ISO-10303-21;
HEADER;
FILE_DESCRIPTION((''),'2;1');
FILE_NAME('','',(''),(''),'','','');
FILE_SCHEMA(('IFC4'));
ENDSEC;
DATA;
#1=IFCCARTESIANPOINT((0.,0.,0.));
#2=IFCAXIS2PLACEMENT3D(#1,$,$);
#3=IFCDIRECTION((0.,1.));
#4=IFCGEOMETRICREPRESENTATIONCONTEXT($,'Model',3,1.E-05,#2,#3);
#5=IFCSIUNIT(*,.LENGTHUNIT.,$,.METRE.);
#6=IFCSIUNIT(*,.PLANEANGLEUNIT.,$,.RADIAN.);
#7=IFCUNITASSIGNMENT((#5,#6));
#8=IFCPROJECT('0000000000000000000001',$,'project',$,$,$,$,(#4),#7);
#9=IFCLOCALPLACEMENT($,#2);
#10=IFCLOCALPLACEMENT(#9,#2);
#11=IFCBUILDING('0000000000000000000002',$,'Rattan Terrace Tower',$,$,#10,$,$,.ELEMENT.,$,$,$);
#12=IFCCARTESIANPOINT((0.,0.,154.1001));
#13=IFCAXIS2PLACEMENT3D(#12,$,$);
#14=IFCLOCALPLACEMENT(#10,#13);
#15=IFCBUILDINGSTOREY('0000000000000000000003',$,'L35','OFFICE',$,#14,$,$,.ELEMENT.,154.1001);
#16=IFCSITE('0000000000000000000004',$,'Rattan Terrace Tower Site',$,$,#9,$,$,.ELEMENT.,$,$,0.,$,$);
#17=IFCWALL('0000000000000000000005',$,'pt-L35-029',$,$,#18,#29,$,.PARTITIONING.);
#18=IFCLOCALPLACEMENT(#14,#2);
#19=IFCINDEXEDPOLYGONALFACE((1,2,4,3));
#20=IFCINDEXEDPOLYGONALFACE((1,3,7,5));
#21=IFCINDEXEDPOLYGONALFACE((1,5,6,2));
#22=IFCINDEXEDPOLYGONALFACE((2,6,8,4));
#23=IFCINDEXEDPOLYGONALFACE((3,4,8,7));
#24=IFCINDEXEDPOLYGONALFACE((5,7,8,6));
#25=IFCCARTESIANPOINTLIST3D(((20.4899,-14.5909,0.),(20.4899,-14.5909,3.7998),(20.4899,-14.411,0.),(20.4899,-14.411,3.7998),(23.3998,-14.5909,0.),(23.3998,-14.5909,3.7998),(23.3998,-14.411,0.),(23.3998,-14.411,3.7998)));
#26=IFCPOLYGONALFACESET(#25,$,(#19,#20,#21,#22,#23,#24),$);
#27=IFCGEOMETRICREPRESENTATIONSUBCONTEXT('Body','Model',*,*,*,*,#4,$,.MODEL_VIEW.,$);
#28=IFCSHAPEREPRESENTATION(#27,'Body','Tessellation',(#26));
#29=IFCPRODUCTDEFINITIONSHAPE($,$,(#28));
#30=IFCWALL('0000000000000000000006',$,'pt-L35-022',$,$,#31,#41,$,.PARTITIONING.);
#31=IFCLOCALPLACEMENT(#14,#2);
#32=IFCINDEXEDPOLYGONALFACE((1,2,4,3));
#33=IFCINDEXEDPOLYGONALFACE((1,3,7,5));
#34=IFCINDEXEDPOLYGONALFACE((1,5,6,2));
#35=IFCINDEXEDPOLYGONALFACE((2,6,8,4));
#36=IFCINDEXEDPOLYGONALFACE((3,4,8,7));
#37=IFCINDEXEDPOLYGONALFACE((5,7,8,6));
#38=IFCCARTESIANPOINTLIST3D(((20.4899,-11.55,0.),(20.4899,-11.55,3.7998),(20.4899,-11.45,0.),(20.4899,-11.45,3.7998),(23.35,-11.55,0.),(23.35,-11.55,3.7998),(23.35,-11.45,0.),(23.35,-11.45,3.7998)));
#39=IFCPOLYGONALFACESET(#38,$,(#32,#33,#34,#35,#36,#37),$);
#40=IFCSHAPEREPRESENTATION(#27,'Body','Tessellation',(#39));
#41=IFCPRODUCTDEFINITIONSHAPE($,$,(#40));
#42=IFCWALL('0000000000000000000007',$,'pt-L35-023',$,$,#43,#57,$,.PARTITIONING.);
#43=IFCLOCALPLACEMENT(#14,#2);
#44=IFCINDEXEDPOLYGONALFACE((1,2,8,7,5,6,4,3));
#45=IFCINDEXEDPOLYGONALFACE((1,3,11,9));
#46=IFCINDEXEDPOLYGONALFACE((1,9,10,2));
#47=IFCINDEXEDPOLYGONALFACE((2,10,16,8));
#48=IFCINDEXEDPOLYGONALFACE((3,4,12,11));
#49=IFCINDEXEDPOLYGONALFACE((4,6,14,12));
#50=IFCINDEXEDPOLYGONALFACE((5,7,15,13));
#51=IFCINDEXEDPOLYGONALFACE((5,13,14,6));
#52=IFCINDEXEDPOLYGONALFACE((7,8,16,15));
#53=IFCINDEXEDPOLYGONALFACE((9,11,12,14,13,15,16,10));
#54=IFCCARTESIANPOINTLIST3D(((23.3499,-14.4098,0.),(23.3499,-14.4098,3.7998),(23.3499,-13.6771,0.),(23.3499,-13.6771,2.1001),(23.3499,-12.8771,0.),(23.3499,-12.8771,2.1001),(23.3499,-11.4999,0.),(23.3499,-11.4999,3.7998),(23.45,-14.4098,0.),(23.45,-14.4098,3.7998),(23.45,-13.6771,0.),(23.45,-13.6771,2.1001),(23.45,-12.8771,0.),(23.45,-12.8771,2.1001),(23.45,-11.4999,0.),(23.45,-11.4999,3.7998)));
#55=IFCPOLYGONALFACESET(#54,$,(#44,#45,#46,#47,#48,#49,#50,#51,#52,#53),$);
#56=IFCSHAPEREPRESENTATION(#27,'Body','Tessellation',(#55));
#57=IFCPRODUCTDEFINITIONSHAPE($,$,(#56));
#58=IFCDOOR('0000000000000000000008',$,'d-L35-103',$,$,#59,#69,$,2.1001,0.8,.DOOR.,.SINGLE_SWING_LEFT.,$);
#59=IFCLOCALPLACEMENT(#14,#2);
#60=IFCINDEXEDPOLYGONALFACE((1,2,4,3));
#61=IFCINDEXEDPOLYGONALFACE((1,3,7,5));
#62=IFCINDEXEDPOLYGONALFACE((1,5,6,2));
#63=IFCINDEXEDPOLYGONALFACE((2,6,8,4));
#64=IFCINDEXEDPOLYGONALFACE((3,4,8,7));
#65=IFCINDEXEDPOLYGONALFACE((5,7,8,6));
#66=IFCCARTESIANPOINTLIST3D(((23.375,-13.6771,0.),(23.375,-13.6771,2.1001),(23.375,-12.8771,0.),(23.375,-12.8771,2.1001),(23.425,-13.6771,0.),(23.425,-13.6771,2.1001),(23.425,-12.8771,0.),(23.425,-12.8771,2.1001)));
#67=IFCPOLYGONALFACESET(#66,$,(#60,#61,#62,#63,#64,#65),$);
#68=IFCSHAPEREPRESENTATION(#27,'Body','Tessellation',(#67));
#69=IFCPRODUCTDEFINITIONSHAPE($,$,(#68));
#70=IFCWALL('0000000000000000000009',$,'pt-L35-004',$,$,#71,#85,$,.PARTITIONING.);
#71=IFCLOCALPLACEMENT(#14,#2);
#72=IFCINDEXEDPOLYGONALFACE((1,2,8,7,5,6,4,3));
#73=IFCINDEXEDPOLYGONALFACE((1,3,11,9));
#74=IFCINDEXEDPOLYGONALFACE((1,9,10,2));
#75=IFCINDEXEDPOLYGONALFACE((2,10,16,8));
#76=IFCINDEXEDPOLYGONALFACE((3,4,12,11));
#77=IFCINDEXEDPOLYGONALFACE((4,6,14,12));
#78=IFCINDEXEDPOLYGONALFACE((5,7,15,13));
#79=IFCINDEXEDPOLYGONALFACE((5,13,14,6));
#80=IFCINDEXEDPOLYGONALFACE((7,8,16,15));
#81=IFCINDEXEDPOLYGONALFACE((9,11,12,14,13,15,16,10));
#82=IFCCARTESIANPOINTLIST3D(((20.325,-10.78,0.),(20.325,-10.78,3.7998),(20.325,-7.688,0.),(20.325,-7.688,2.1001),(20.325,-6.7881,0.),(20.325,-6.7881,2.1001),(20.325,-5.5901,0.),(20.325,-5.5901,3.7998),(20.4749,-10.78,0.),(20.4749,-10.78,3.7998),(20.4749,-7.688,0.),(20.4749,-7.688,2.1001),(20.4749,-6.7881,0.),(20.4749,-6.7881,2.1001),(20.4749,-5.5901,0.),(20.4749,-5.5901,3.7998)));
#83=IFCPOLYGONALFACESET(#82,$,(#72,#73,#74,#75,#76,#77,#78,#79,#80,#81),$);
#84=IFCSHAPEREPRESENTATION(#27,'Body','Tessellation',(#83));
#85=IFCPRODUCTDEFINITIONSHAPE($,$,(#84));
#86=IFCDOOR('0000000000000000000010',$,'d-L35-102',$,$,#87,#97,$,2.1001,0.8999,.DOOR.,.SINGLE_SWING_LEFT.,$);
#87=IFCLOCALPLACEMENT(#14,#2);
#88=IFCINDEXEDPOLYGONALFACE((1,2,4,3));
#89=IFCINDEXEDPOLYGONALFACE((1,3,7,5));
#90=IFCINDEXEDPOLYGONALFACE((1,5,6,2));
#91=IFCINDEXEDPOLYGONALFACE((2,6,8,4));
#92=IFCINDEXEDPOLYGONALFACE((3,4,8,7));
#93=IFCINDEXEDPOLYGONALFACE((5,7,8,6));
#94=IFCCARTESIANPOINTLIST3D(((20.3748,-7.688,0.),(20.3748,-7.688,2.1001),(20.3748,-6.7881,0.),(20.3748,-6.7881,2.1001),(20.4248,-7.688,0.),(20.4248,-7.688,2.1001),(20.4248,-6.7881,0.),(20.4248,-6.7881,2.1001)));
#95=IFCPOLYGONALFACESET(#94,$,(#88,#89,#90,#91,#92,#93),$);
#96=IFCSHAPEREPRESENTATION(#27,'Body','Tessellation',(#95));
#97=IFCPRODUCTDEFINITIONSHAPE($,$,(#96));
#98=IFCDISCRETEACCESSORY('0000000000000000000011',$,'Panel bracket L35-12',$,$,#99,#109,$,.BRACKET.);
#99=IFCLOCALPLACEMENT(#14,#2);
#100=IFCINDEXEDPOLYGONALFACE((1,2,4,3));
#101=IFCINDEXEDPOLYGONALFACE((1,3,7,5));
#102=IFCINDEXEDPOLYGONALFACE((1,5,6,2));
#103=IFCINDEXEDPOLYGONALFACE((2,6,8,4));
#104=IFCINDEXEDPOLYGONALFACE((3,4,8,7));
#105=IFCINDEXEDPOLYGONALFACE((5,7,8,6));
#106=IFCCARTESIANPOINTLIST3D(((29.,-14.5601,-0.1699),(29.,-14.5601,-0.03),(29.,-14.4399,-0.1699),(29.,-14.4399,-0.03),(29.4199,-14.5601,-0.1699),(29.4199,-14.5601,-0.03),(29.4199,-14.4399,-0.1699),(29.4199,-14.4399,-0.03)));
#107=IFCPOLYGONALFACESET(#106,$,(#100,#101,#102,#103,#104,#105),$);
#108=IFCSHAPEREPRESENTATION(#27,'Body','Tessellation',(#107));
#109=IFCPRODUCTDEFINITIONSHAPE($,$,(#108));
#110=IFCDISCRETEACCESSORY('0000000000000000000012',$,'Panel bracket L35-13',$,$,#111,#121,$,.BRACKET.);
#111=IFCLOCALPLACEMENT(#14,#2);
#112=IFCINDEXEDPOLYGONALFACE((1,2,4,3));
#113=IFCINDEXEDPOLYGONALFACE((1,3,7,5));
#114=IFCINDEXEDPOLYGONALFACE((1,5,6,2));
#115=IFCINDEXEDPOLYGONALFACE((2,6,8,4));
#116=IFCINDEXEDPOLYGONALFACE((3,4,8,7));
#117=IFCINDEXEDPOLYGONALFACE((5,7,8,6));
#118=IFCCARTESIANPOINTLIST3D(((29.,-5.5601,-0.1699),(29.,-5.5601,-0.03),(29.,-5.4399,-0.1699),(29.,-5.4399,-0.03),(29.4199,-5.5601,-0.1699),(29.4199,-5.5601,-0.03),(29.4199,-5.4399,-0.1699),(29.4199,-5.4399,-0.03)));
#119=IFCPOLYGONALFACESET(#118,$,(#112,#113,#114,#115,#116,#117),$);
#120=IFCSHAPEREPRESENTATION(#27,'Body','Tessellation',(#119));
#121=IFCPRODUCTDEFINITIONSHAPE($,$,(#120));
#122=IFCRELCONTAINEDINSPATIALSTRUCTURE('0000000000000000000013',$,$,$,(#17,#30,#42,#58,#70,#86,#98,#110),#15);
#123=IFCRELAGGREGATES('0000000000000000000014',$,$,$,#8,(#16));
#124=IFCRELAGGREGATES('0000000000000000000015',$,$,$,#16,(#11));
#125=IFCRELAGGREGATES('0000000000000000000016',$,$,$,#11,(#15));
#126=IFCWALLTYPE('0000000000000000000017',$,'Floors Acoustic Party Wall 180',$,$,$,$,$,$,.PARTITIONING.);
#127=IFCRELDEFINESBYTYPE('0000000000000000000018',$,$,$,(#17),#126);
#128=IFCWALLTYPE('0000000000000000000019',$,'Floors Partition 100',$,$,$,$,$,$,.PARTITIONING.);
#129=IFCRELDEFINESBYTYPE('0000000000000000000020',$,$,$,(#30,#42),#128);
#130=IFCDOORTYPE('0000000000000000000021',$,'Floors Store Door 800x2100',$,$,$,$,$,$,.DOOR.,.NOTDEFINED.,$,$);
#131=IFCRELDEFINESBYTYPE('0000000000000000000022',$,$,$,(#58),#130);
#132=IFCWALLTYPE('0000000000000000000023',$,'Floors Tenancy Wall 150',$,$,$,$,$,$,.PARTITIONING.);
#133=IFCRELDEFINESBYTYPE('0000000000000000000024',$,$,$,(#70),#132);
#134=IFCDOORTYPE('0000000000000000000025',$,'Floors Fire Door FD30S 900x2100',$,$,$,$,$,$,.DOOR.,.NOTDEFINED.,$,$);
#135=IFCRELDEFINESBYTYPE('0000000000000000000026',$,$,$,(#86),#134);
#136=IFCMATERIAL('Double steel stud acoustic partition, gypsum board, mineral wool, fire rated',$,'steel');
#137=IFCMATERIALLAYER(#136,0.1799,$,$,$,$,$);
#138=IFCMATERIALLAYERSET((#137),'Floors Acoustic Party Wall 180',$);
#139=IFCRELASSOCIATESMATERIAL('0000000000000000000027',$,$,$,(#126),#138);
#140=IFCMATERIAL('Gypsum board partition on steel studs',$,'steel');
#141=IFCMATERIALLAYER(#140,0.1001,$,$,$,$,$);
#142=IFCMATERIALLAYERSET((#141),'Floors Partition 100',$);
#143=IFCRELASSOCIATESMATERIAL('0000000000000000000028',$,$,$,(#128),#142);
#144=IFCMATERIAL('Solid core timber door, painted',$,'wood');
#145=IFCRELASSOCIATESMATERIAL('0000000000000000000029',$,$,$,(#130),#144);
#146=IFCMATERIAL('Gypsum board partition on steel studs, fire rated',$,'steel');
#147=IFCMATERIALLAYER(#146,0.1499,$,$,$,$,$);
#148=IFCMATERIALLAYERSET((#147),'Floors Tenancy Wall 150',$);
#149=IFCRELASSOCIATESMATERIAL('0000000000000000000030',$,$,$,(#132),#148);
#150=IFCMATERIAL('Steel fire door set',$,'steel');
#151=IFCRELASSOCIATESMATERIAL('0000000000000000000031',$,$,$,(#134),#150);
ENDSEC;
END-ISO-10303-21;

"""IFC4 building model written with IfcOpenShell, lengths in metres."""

from ifc_helpers import new_model, si_unit, direction, frame, frame_2d, origin, origin_2d, place, context, subcontext, project, spatial, rectangle, extrude, material, layer, layer_set, type_object, element, fill, save


model = new_model("IFC4")

# Units and contexts
model_context = context("Model", 3, precision=1e-05, world=origin(), true_north=direction((0.0, 1.0)))
body_context = subcontext(model_context, "Body", "Model", "MODEL_VIEW")
ifc_project = project(units=[si_unit("LENGTHUNIT", "METRE"), si_unit("PLANEANGLEUNIT", "RADIAN")], contexts=[model_context])

# Site, building, storey
site_placement = place(None, origin())
site = spatial("IfcSite", under=ifc_project, at=site_placement, Name="Rattan Terrace Tower Site", CompositionType="ELEMENT", RefElevation=0.0)
building_placement = place(site_placement, origin())
building = spatial("IfcBuilding", under=site, at=building_placement, Name="Rattan Terrace Tower", CompositionType="ELEMENT")
storey_placement = place(building_placement, frame((0.0, 0.0, 154.1001)))
storey = spatial("IfcBuildingStorey", under=building, at=storey_placement, Name="L35", Description="OFFICE", CompositionType="ELEMENT", Elevation=154.1001)

# Walls
ifc_material_1 = material(Name="Double steel stud acoustic partition, gypsum board, mineral wool, fire rated", Category="steel")
ifc_layer_1 = layer(ifc_material_1, 0.1799)
ifc_layer_set_1 = layer_set([ifc_layer_1], Name="Floors Acoustic Party Wall 180")
wall_type_1 = type_object("IfcWallType", Name="Floors Acoustic Party Wall 180", PredefinedType="PARTITIONING", material=ifc_layer_set_1)
wall_1_placement = place(storey_placement, frame((23.3999, -14.501, 0.0), z_axis=(0.0, 0.0, 1.0), x_axis=(-1.0, 0.0, 0.0)))
element("IfcWall", 1, at=wall_1_placement, inside=storey, type_object=wall_type_1, Name="pt-L35-029", PredefinedType="PARTITIONING", context=body_context, shape_type="SweptSolid", body=[
    extrude(rectangle(XDim=2.9099, YDim=0.1799, at=frame_2d((1.4551, 0.0))), origin(), (0.0, 0.0, 1.0), 3.7998),
])
ifc_material_2 = material(Name="Gypsum board partition on steel studs", Category="steel")
ifc_layer_2 = layer(ifc_material_2, 0.1001)
ifc_layer_set_2 = layer_set([ifc_layer_2], Name="Floors Partition 100")
wall_type_2 = type_object("IfcWallType", Name="Floors Partition 100", PredefinedType="PARTITIONING", material=ifc_layer_set_2)
wall_2_placement = place(storey_placement, frame((23.3501, -11.5, 0.0), z_axis=(0.0, 0.0, 1.0), x_axis=(-1.0, 0.0, 0.0)))
element("IfcWall", 2, at=wall_2_placement, inside=storey, type_object=wall_type_2, Name="pt-L35-022", PredefinedType="PARTITIONING", context=body_context, shape_type="SweptSolid", body=[
    extrude(rectangle(XDim=2.8601, YDim=0.1001, at=frame_2d((1.4302, 0.0))), origin(), (0.0, 0.0, 1.0), 3.7998),
])

# Walls, openings, doors
wall_3_placement = place(storey_placement, frame((23.3999, -14.4099, 0.0), z_axis=(0.0, 0.0, 1.0), x_axis=(0.0, 1.0, 0.0)))
wall_3 = element("IfcWall", 3, at=wall_3_placement, inside=storey, type_object=wall_type_2, Name="pt-L35-023", PredefinedType="PARTITIONING", context=body_context, shape_type="SweptSolid", body=[
    extrude(rectangle(XDim=2.9099, YDim=0.1001, at=frame_2d((1.4551, 0.0))), origin(), (0.0, 0.0, 1.0), 3.7998),
])
opening_1_placement = place(wall_3_placement, frame((0.7329, 0.0, 0.0)))
opening_1 = element("IfcOpeningElement", 4, at=opening_1_placement, cuts=wall_3, PredefinedType="OPENING", context=body_context, shape_type="SweptSolid", body=[
    extrude(rectangle(XDim=0.8, YDim=2.1001, at=frame_2d((0.3999, 1.05))), frame((0.0, 0.0605, 0.0), z_axis=(0.0, -1.0, 0.0), x_axis=(1.0, 0.0, 0.0)), (0.0, 0.0, 1.0), 0.1211),
])
ifc_material_3 = material(Name="Solid core timber door, painted", Category="wood")
door_type_1 = type_object("IfcDoorType", Name="Floors Store Door 800x2100", OperationType="NOTDEFINED", PredefinedType="DOOR", material=ifc_material_3)
door_1_placement = place(opening_1_placement, origin())
door_1 = element("IfcDoor", 5, at=door_1_placement, inside=storey, type_object=door_type_1, Name="d-L35-103", OperationType="SINGLE_SWING_LEFT", OverallHeight=2.1001, OverallWidth=0.8, PredefinedType="DOOR", context=body_context, shape_type="SweptSolid", body=[
    extrude(rectangle(XDim=0.8, YDim=2.1001, at=frame_2d((0.3999, 1.05))), frame((0.0, 0.0249, 0.0), z_axis=(0.0, -1.0, 0.0), x_axis=(1.0, 0.0, 0.0)), (0.0, 0.0, 1.0), 0.05),
])
fill(opening_1, door_1)
ifc_material_4 = material(Name="Gypsum board partition on steel studs, fire rated", Category="steel")
ifc_layer_3 = layer(ifc_material_4, 0.1499)
ifc_layer_set_3 = layer_set([ifc_layer_3], Name="Floors Tenancy Wall 150")
wall_type_3 = type_object("IfcWallType", Name="Floors Tenancy Wall 150", PredefinedType="PARTITIONING", material=ifc_layer_set_3)
wall_4_placement = place(storey_placement, frame((20.3999, -5.5901, 0.0), z_axis=(0.0, 0.0, 1.0), x_axis=(0.0, -1.0, 0.0)))
wall_4 = element("IfcWall", 6, at=wall_4_placement, inside=storey, type_object=wall_type_3, Name="pt-L35-004", PredefinedType="PARTITIONING", context=body_context, shape_type="SweptSolid", body=[
    extrude(rectangle(XDim=5.1899, YDim=0.1499, at=frame_2d((2.595, 0.0))), origin(), (0.0, 0.0, 1.0), 3.7998),
])
opening_2_placement = place(wall_4_placement, frame((1.198, 0.0, 0.0)))
opening_2 = element("IfcOpeningElement", 7, at=opening_2_placement, cuts=wall_4, PredefinedType="OPENING", context=body_context, shape_type="SweptSolid", body=[
    extrude(rectangle(XDim=0.8999, YDim=2.1001, at=frame_2d((0.45, 1.05))), frame((0.0, 0.0854, 0.0), z_axis=(0.0, -1.0, 0.0), x_axis=(1.0, 0.0, 0.0)), (0.0, 0.0, 1.0), 0.1709),
])
ifc_material_5 = material(Name="Steel fire door set", Category="steel")
door_type_2 = type_object("IfcDoorType", Name="Floors Fire Door FD30S 900x2100", OperationType="NOTDEFINED", PredefinedType="DOOR", material=ifc_material_5)
door_2_placement = place(opening_2_placement, origin())
door_2 = element("IfcDoor", 8, at=door_2_placement, inside=storey, type_object=door_type_2, Name="d-L35-102", OperationType="SINGLE_SWING_LEFT", OverallHeight=2.1001, OverallWidth=0.8999, PredefinedType="DOOR", context=body_context, shape_type="SweptSolid", body=[
    extrude(rectangle(XDim=0.8999, YDim=2.1001, at=frame_2d((0.45, 1.05))), frame((0.0, 0.0249, 0.0), z_axis=(0.0, -1.0, 0.0), x_axis=(1.0, 0.0, 0.0)), (0.0, 0.0, 1.0), 0.05),
])
fill(opening_2, door_2)

# Discrete accessories
for number, where, z_axis, x_axis, name in (
    (9, (29.21, -14.5, -0.1699), (0.0, 0.0, 1.0), (0.0, 1.0, 0.0), "Panel bracket L35-12"),
    (10, (29.21, -5.5, -0.1699), (0.0, 0.0, 1.0), (0.0, 1.0, 0.0), "Panel bracket L35-13"),
):
    element("IfcDiscreteAccessory", number, at=place(storey_placement, frame(where, z_axis=z_axis, x_axis=x_axis)), inside=storey, Name=name, PredefinedType="BRACKET", context=body_context, shape_type="SweptSolid", body=[
        extrude(rectangle(XDim=0.1201, YDim=0.4199, at=origin_2d()), origin(), (0.0, 0.0, 1.0), 0.1399),
    ])

save(model, "model.ifc")
